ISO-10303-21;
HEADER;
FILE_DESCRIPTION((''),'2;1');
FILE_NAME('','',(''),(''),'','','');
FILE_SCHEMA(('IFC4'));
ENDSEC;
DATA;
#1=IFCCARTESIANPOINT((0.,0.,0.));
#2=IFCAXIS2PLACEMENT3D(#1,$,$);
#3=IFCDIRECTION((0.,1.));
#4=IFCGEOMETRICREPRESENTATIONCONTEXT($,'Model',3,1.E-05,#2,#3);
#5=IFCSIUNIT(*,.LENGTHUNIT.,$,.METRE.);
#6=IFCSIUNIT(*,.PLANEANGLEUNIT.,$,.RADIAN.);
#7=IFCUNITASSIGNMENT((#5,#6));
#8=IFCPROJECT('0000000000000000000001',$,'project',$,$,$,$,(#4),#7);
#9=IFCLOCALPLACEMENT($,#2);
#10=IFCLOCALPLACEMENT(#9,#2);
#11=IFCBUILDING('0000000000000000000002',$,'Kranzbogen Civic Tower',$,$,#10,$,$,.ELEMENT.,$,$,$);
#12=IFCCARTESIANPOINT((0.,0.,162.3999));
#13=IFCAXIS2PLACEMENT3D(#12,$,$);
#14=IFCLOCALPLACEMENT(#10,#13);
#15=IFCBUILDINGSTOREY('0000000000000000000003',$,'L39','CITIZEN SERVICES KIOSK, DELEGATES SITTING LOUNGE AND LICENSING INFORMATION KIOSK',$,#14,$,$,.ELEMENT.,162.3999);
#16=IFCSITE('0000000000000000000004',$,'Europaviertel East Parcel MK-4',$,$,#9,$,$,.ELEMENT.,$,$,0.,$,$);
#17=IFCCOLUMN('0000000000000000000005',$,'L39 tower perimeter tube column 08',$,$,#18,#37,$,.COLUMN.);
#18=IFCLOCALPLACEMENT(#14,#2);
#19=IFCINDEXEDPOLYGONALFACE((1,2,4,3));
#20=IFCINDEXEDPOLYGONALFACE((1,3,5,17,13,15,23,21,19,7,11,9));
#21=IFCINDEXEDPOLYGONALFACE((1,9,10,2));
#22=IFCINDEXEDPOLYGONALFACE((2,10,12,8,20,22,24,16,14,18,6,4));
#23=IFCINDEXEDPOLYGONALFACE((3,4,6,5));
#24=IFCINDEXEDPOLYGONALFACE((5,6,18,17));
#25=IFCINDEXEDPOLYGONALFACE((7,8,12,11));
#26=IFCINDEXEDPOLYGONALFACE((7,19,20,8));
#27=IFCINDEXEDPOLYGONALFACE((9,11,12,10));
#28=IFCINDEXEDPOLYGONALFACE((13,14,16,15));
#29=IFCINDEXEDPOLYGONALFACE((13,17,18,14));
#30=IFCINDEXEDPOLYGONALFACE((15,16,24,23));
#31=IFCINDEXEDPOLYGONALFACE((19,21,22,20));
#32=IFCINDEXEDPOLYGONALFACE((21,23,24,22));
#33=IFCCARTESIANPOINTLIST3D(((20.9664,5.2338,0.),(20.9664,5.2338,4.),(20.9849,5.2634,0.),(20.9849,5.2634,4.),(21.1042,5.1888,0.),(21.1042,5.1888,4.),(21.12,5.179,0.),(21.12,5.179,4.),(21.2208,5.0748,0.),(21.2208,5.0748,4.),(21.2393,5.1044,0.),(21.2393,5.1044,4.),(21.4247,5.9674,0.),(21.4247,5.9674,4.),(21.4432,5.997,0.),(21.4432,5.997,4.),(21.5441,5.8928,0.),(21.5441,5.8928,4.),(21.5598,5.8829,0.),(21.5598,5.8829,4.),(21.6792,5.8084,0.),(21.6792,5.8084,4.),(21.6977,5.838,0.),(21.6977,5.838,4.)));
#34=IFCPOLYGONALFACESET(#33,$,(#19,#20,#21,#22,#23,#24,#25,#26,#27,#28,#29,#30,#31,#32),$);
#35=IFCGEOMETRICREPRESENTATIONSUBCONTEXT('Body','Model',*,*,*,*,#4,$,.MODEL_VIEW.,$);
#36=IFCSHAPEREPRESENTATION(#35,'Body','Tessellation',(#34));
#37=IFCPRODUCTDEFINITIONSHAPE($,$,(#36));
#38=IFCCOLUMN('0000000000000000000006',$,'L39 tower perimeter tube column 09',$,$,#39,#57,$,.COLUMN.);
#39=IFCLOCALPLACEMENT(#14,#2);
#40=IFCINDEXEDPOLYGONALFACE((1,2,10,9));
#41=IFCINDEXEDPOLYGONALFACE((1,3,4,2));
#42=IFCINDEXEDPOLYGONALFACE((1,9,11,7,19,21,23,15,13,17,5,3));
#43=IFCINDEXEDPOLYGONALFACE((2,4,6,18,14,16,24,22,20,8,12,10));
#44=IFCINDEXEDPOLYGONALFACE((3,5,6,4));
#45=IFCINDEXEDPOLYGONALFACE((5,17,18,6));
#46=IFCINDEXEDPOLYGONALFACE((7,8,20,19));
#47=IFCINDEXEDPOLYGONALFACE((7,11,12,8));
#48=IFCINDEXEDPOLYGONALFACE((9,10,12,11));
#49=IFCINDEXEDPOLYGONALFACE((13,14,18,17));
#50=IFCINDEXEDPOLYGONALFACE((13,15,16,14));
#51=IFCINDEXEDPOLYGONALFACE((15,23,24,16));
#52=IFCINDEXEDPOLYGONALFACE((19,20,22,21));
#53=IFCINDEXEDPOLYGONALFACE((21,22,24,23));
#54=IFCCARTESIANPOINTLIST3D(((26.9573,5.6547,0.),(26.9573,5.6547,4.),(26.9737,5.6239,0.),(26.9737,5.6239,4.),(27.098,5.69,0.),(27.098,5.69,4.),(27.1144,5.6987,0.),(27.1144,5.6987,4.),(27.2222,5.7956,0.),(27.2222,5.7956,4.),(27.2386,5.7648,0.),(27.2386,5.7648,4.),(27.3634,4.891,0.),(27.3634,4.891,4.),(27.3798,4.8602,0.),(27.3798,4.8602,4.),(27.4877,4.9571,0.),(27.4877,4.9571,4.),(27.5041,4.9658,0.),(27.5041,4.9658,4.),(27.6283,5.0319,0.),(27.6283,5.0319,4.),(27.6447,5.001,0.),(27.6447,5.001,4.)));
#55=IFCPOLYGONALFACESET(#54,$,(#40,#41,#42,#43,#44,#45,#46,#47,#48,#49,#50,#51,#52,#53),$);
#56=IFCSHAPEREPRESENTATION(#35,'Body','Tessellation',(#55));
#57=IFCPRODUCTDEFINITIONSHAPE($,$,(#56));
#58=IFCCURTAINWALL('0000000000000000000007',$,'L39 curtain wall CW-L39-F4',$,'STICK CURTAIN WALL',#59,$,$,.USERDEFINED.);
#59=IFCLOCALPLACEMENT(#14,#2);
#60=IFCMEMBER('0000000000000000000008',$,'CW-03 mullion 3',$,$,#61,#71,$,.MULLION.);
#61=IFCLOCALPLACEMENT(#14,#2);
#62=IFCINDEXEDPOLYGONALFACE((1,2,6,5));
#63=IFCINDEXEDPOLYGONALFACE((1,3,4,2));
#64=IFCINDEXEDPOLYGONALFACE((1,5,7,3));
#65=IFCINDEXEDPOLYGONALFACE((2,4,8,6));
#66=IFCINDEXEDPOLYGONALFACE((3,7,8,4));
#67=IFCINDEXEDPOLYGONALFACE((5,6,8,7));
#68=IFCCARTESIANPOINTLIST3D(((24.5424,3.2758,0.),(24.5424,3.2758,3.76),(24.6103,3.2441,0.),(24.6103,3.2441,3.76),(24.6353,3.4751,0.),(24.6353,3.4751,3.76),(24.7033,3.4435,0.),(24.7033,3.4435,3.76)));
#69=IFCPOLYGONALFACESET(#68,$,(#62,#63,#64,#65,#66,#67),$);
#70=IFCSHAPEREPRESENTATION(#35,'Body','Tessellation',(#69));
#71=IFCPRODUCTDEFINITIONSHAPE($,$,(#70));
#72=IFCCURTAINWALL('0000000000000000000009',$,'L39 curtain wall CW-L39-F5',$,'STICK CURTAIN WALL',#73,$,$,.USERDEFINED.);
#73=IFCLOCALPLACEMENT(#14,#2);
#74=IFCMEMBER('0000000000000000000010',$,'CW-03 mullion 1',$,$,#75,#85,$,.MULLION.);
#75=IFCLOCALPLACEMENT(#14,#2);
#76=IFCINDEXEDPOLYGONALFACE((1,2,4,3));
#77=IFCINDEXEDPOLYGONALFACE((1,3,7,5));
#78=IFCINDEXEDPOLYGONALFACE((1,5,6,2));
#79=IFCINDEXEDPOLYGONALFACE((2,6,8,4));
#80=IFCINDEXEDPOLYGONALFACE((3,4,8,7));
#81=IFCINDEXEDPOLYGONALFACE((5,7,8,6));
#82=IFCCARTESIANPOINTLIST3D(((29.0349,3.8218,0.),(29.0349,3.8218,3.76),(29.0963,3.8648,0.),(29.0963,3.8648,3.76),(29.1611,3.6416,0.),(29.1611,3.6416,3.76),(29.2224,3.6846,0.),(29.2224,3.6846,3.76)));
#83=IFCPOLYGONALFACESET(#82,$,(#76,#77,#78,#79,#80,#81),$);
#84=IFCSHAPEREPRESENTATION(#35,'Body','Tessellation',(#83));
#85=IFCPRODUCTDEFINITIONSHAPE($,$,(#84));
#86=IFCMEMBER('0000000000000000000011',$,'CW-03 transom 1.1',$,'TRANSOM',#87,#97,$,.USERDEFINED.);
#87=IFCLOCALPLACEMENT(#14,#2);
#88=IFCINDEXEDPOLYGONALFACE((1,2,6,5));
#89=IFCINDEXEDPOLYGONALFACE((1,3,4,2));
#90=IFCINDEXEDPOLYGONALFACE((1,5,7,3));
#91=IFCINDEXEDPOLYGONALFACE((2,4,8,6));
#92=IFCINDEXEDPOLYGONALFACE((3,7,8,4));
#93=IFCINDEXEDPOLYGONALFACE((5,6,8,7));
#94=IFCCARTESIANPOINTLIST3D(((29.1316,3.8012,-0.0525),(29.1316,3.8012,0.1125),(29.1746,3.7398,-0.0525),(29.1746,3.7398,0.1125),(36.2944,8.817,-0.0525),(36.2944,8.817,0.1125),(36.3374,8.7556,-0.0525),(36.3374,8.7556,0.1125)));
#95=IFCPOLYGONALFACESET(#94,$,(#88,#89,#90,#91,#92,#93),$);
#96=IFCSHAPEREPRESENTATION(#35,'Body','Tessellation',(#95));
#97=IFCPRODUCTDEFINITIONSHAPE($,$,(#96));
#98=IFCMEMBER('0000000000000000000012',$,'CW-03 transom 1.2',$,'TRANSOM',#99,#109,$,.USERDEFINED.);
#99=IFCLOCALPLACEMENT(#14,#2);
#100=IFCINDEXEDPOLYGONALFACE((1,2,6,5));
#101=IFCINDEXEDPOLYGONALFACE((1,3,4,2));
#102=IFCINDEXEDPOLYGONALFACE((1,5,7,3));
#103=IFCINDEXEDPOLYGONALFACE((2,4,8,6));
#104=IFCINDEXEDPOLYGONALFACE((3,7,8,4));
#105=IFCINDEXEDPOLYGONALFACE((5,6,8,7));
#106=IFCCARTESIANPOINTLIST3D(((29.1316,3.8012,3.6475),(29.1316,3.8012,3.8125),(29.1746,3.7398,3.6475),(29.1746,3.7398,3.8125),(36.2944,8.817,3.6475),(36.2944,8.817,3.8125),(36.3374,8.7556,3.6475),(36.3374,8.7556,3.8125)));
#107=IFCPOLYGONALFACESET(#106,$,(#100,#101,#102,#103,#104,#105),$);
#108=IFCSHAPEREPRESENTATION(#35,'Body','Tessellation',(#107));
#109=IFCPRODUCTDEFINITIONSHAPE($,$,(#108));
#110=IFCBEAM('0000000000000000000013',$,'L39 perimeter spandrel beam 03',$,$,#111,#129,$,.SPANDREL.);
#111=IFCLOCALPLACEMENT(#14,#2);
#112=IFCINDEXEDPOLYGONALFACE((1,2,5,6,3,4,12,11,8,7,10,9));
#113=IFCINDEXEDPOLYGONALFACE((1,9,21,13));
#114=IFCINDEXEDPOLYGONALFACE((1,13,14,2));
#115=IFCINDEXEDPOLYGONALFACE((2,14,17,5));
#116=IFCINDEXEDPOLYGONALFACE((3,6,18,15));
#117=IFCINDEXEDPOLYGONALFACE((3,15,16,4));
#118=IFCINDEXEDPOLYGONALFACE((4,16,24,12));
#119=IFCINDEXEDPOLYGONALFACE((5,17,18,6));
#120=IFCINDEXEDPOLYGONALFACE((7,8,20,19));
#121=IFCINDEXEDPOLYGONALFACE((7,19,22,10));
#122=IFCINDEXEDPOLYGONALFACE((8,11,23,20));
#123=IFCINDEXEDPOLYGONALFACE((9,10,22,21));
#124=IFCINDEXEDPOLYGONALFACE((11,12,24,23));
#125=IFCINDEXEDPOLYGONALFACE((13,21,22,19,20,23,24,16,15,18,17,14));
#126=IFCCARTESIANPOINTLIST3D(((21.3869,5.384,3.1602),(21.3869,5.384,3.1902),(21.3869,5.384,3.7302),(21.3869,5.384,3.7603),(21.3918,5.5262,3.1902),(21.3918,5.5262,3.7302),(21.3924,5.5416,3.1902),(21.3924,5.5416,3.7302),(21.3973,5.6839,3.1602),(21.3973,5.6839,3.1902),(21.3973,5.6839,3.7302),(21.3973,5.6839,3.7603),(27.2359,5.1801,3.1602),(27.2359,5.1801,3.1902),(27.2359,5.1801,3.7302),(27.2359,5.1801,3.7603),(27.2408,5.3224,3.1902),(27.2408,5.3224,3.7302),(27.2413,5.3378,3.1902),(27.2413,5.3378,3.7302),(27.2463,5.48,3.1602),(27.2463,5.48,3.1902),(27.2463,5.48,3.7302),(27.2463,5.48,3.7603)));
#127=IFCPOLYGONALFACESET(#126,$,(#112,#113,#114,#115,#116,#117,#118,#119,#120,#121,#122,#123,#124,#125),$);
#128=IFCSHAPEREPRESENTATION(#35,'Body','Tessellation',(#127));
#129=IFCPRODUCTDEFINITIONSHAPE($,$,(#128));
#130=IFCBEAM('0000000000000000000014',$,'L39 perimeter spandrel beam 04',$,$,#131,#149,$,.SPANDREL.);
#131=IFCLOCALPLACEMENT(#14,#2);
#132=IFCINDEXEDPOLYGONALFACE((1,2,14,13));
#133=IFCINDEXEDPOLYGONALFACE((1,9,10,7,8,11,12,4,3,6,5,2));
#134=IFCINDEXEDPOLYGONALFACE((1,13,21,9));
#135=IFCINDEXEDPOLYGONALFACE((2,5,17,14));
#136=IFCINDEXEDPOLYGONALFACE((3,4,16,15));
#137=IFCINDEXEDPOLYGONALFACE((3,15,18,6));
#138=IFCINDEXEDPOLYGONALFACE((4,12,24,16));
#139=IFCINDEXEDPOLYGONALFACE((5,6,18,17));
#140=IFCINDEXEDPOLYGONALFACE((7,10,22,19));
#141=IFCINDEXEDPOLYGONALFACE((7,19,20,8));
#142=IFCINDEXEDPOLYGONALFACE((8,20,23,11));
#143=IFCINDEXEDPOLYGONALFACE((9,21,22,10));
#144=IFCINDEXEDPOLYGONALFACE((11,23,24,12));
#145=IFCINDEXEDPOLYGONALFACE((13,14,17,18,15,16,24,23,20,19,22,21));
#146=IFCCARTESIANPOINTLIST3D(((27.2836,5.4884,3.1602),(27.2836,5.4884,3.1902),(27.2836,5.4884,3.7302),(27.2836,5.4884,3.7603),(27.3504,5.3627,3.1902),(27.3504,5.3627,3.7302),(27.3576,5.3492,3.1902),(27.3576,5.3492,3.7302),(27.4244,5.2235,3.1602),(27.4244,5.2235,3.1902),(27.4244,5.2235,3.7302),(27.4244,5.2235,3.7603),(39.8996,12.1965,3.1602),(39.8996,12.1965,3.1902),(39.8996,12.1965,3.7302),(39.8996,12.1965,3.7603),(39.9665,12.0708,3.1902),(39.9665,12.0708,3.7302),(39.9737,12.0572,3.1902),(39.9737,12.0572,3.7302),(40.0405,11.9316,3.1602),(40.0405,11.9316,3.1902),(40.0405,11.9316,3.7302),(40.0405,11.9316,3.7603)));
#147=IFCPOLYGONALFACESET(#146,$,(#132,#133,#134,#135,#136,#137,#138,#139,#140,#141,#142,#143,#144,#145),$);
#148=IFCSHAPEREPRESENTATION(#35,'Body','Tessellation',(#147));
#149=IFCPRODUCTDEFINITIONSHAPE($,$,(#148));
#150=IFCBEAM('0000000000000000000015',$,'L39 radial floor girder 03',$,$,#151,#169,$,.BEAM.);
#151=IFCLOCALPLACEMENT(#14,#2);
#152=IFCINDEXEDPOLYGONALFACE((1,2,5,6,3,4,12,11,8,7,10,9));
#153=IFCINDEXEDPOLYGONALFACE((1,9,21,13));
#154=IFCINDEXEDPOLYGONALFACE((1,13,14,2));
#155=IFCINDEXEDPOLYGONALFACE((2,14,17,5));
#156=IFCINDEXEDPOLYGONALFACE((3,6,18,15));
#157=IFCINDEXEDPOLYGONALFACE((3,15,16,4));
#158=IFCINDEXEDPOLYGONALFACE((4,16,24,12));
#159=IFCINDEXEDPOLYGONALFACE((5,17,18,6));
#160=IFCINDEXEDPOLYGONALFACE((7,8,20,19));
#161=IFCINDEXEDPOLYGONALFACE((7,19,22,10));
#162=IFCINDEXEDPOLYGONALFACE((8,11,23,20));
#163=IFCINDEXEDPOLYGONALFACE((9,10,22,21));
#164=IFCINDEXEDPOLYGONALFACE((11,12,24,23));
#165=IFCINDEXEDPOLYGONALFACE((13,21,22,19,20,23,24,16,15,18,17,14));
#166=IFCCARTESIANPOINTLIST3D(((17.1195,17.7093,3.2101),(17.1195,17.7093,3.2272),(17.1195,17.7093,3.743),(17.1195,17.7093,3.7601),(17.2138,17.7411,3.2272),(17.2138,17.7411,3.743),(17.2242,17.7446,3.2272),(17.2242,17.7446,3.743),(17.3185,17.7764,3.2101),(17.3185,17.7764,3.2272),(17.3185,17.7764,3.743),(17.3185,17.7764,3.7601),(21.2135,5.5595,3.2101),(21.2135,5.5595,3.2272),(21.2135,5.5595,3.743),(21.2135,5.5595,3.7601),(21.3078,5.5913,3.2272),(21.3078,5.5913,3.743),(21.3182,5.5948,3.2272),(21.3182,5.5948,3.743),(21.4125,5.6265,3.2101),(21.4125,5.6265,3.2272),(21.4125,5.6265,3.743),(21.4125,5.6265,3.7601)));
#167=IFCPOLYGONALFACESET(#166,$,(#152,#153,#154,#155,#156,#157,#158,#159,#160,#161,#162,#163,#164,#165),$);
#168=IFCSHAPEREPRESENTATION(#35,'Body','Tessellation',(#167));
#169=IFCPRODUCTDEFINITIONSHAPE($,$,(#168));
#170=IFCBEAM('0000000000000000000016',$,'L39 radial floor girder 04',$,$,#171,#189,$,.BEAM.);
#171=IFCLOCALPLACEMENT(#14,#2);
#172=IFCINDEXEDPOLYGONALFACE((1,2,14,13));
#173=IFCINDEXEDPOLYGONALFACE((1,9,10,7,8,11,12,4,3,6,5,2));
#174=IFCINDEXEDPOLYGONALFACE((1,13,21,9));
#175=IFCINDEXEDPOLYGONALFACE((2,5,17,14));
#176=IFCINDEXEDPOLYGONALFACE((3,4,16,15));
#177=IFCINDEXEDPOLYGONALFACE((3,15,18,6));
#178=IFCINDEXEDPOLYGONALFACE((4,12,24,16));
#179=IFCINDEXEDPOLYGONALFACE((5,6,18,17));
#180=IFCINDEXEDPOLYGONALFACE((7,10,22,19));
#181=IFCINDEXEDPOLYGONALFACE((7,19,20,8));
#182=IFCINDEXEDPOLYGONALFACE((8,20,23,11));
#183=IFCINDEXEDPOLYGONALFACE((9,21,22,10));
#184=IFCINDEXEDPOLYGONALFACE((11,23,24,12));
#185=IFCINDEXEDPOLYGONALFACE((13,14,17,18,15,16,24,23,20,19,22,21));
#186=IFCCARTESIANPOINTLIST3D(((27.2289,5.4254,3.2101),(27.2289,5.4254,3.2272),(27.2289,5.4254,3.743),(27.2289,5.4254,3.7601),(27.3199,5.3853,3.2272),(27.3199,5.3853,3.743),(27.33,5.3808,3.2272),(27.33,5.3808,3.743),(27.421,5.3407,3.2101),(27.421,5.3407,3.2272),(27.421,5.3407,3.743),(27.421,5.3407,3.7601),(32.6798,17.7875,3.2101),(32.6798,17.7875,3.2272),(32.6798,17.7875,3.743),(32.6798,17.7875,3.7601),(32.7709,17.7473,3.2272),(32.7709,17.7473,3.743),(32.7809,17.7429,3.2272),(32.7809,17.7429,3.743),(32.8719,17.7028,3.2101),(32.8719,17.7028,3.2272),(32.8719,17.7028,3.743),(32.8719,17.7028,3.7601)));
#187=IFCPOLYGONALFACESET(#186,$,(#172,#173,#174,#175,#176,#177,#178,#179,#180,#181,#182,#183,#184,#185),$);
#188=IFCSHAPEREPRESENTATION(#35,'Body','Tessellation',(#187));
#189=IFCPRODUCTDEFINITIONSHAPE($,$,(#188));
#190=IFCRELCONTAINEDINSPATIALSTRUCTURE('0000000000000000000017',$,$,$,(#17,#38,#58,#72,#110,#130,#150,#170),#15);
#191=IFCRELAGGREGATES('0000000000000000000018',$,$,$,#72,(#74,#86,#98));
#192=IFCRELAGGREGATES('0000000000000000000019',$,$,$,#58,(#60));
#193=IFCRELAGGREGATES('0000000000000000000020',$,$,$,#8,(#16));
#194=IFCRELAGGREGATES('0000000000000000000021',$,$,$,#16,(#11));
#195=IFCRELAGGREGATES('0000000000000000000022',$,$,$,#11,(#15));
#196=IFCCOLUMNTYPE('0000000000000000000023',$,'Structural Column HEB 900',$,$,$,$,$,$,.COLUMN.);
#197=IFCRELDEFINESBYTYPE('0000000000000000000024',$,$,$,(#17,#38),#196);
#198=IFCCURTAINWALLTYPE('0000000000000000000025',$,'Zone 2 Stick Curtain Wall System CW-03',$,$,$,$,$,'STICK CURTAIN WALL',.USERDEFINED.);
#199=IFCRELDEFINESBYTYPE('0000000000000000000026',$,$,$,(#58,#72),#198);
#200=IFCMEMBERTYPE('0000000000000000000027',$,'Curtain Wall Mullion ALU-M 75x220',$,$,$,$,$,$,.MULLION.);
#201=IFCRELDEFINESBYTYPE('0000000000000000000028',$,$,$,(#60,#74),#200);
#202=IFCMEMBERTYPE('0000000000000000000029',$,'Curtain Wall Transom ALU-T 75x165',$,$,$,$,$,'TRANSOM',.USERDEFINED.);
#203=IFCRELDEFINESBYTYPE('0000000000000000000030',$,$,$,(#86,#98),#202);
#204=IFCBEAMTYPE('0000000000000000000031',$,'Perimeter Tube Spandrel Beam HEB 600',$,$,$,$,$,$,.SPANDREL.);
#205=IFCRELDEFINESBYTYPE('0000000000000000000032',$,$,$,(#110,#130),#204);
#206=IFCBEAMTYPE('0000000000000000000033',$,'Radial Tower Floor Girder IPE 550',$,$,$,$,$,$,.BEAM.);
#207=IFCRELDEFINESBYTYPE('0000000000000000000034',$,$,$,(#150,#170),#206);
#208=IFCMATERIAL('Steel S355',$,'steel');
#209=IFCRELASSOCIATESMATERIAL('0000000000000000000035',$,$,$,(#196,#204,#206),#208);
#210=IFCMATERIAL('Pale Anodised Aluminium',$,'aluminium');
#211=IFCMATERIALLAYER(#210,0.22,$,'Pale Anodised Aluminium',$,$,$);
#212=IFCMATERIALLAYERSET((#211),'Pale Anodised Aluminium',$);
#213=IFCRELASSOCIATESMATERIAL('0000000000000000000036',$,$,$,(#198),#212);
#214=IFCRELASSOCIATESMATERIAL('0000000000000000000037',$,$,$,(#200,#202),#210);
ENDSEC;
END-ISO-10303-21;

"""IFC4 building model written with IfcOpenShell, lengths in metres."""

from ifc_helpers import new_model, si_unit, direction, frame, origin, origin_2d, place, context, subcontext, project, spatial, rectangle, i_section, extrude, material, layer, layer_set, material_profile, profile_set, type_object, element, aggregate, save


model = new_model("IFC4")

# Units and contexts
model_context = context("Model", 3, precision=1e-05, world=origin(), true_north=direction((0.0, 1.0)))
body_context = subcontext(model_context, "Body", "Model", "MODEL_VIEW")
ifc_project = project(units=[si_unit("LENGTHUNIT", "METRE"), si_unit("PLANEANGLEUNIT", "RADIAN")], contexts=[model_context])

# Site, building, storey
site_placement = place(None, origin())
site = spatial("IfcSite", under=ifc_project, at=site_placement, Name="Europaviertel East Parcel MK-4", CompositionType="ELEMENT", RefElevation=0.0)
building_placement = place(site_placement, origin())
building = spatial("IfcBuilding", under=site, at=building_placement, Name="Kranzbogen Civic Tower", CompositionType="ELEMENT")
storey_placement = place(building_placement, frame((0.0, 0.0, 162.3999)))
storey = spatial("IfcBuildingStorey", under=building, at=storey_placement, Name="L39", Description="CITIZEN SERVICES KIOSK, DELEGATES SITTING LOUNGE AND LICENSING INFORMATION KIOSK", CompositionType="ELEMENT", Elevation=162.3999)

# Columns
ifc_material_1 = material(Name="Steel S355", Category="steel")
ifc_material_profile_1 = material_profile(ifc_material_1, i_section(OverallWidth=0.3, OverallDepth=0.8999, WebThickness=0.0186, FlangeThickness=0.0349, at=origin_2d()), Name="HEB 900")
ifc_profile_set_1 = profile_set([ifc_material_profile_1], Name="Steel S355")
column_type = type_object("IfcColumnType", Name="Structural Column HEB 900", PredefinedType="COLUMN", material=ifc_profile_set_1)
for number, where, z_axis, x_axis, name in (
    (1, (21.332, 5.5359, 0.0), (0.0, 0.0, 1.0), (-0.848048, 0.529919, 0.0), "L39 tower perimeter tube column 08"),
    (2, (27.301, 5.3279, 0.0), (0.0, 0.0, 1.0), (0.882948, 0.469472, 0.0), "L39 tower perimeter tube column 09"),
):
    element("IfcColumn", number, at=place(storey_placement, frame(where, z_axis=z_axis, x_axis=x_axis)), inside=storey, type_object=column_type, Name=name, PredefinedType="COLUMN", context=body_context, shape_type="SweptSolid", body=[
        extrude(i_section(OverallWidth=0.3, OverallDepth=0.8999, WebThickness=0.0186, FlangeThickness=0.0349, at=origin_2d()), origin(), (0.0, 0.0, 1.0), 4.0),
    ])

# Curtain wall, member
ifc_material_2 = material(Name="Pale Anodised Aluminium", Category="aluminium")
ifc_layer_1 = layer(ifc_material_2, 0.22, Name="Pale Anodised Aluminium")
ifc_layer_set_1 = layer_set([ifc_layer_1], Name="Pale Anodised Aluminium")
curtain_wall_type = type_object("IfcCurtainWallType", Name="Zone 2 Stick Curtain Wall System CW-03", ElementType="STICK CURTAIN WALL", PredefinedType="USERDEFINED", material=ifc_layer_set_1)
curtain_wall_1_placement = place(storey_placement, origin())
curtain_wall_1 = element("IfcCurtainWall", 3, at=curtain_wall_1_placement, inside=storey, type_object=curtain_wall_type, Name="L39 curtain wall CW-L39-F4", ObjectType="STICK CURTAIN WALL", PredefinedType="USERDEFINED")
ifc_material_profile_2 = material_profile(ifc_material_2, rectangle(XDim=0.075, YDim=0.22, at=origin_2d()), Name="ALU-M 75x220")
ifc_profile_set_2 = profile_set([ifc_material_profile_2], Name="Pale Anodised Aluminium")
member_type_1 = type_object("IfcMemberType", Name="Curtain Wall Mullion ALU-M 75x220", PredefinedType="MULLION", material=ifc_profile_set_2)
member_1_placement = place(storey_placement, frame((24.6228, 3.3596, 0.0), z_axis=(0.0, 0.0, 1.0), x_axis=(0.906297, -0.422641, 0.0)))
member_1 = element("IfcMember", 4, at=member_1_placement, type_object=member_type_1, Name="CW-03 mullion 3", PredefinedType="MULLION", context=body_context, shape_type="SweptSolid", body=[
    extrude(rectangle(XDim=0.075, YDim=0.22, at=origin_2d()), origin(), (0.0, 0.0, 1.0), 3.76),
])

# Curtain wall, members
curtain_wall_2_placement = place(storey_placement, origin())
curtain_wall_2 = element("IfcCurtainWall", 5, at=curtain_wall_2_placement, inside=storey, type_object=curtain_wall_type, Name="L39 curtain wall CW-L39-F5", ObjectType="STICK CURTAIN WALL", PredefinedType="USERDEFINED")
member_2_placement = place(storey_placement, frame((29.1287, 3.7532, 0.0), z_axis=(0.0, 0.0, 1.0), x_axis=(0.819128, 0.57361, 0.0)))
member_2 = element("IfcMember", 6, at=member_2_placement, type_object=member_type_1, Name="CW-03 mullion 1", PredefinedType="MULLION", context=body_context, shape_type="SweptSolid", body=[
    extrude(rectangle(XDim=0.075, YDim=0.22, at=origin_2d()), origin(), (0.0, 0.0, 1.0), 3.76),
])
ifc_material_profile_3 = material_profile(ifc_material_2, rectangle(XDim=0.075, YDim=0.165, at=origin_2d()), Name="ALU-T 75x165")
ifc_profile_set_3 = profile_set([ifc_material_profile_3], Name="Pale Anodised Aluminium")
member_type_2 = type_object("IfcMemberType", Name="Curtain Wall Transom ALU-T 75x165", ElementType="TRANSOM", PredefinedType="USERDEFINED", material=ifc_profile_set_3)
member_3_placement = place(storey_placement, frame((29.1531, 3.7705, 0.03), z_axis=(0.819131, 0.573607, 0.0), x_axis=(-0.573607, 0.819131, 0.0)))
member_3 = element("IfcMember", 7, at=member_3_placement, type_object=member_type_2, Name="CW-03 transom 1.1", ObjectType="TRANSOM", PredefinedType="USERDEFINED", context=body_context, shape_type="SweptSolid", body=[
    extrude(rectangle(XDim=0.075, YDim=0.165, at=origin_2d()), origin(), (0.0, 0.0, 1.0), 8.7444),
])
member_4_placement = place(storey_placement, frame((29.1531, 3.7705, 3.73), z_axis=(0.819131, 0.573607, 0.0), x_axis=(-0.573607, 0.819131, 0.0)))
member_4 = element("IfcMember", 8, at=member_4_placement, type_object=member_type_2, Name="CW-03 transom 1.2", ObjectType="TRANSOM", PredefinedType="USERDEFINED", context=body_context, shape_type="SweptSolid", body=[
    extrude(rectangle(XDim=0.075, YDim=0.165, at=origin_2d()), origin(), (0.0, 0.0, 1.0), 8.7444),
])
aggregate(curtain_wall_2, [member_2, member_3, member_4])

# Beams
ifc_material_profile_4 = material_profile(ifc_material_1, i_section(OverallWidth=0.3, OverallDepth=0.6001, WebThickness=0.0154, FlangeThickness=0.03, at=origin_2d()), Name="HEB 600")
ifc_profile_set_4 = profile_set([ifc_material_profile_4], Name="Steel S355")
beam_type_1 = type_object("IfcBeamType", Name="Perimeter Tube Spandrel Beam HEB 600", PredefinedType="SPANDREL", material=ifc_profile_set_4)
beam_1_placement = place(storey_placement, frame((21.3921, 5.5339, 3.4602), z_axis=(0.999393, -0.034833, 0.0), x_axis=(0.034833, 0.999393, 0.0)))
element("IfcBeam", 9, at=beam_1_placement, inside=storey, type_object=beam_type_1, Name="L39 perimeter spandrel beam 03", PredefinedType="SPANDREL", context=body_context, shape_type="SweptSolid", body=[
    extrude(i_section(OverallWidth=0.3, OverallDepth=0.6001, WebThickness=0.0154, FlangeThickness=0.03, at=origin_2d()), origin(), (0.0, 0.0, 1.0), 5.8525),
])
beam_2_placement = place(storey_placement, frame((27.354, 5.356, 3.4602), z_axis=(0.882948, 0.46947, 0.0), x_axis=(-0.46947, 0.882948, 0.0)))
element("IfcBeam", 10, at=beam_2_placement, inside=storey, type_object=beam_type_1, Name="L39 perimeter spandrel beam 04", PredefinedType="SPANDREL", context=body_context, shape_type="SweptSolid", body=[
    extrude(i_section(OverallWidth=0.3, OverallDepth=0.6001, WebThickness=0.0154, FlangeThickness=0.03, at=origin_2d()), origin(), (0.0, 0.0, 1.0), 14.2886),
])
ifc_material_profile_5 = material_profile(ifc_material_1, i_section(OverallWidth=0.21, OverallDepth=0.55, WebThickness=0.011, FlangeThickness=0.0171, at=origin_2d()), Name="IPE 550")
ifc_profile_set_5 = profile_set([ifc_material_profile_5], Name="Steel S355")
beam_type_2 = type_object("IfcBeamType", Name="Radial Tower Floor Girder IPE 550", PredefinedType="BEAM", material=ifc_profile_set_5)
beam_3_placement = place(storey_placement, frame((21.313, 5.593, 3.4851), z_axis=(-0.319317, 0.947648, 0.0), x_axis=(-0.947648, -0.319317, 0.0)))
element("IfcBeam", 11, at=beam_3_placement, inside=storey, type_object=beam_type_2, Name="L39 radial floor girder 03", PredefinedType="BEAM", context=body_context, shape_type="SweptSolid", body=[
    extrude(i_section(OverallWidth=0.21, OverallDepth=0.55, WebThickness=0.011, FlangeThickness=0.0171, at=origin_2d()), origin(), (0.0, 0.0, 1.0), 12.821),
])
beam_4_placement = place(storey_placement, frame((27.325, 5.3831, 3.4851), z_axis=(0.403459, 0.914998, 0.0), x_axis=(-0.914998, 0.403459, 0.0)))
element("IfcBeam", 12, at=beam_4_placement, inside=storey, type_object=beam_type_2, Name="L39 radial floor girder 04", PredefinedType="BEAM", context=body_context, shape_type="SweptSolid", body=[
    extrude(i_section(OverallWidth=0.21, OverallDepth=0.55, WebThickness=0.011, FlangeThickness=0.0171, at=origin_2d()), origin(), (0.0, 0.0, 1.0), 13.5105),
])

aggregate(curtain_wall_1, [member_1])

save(model, "model.ifc")
